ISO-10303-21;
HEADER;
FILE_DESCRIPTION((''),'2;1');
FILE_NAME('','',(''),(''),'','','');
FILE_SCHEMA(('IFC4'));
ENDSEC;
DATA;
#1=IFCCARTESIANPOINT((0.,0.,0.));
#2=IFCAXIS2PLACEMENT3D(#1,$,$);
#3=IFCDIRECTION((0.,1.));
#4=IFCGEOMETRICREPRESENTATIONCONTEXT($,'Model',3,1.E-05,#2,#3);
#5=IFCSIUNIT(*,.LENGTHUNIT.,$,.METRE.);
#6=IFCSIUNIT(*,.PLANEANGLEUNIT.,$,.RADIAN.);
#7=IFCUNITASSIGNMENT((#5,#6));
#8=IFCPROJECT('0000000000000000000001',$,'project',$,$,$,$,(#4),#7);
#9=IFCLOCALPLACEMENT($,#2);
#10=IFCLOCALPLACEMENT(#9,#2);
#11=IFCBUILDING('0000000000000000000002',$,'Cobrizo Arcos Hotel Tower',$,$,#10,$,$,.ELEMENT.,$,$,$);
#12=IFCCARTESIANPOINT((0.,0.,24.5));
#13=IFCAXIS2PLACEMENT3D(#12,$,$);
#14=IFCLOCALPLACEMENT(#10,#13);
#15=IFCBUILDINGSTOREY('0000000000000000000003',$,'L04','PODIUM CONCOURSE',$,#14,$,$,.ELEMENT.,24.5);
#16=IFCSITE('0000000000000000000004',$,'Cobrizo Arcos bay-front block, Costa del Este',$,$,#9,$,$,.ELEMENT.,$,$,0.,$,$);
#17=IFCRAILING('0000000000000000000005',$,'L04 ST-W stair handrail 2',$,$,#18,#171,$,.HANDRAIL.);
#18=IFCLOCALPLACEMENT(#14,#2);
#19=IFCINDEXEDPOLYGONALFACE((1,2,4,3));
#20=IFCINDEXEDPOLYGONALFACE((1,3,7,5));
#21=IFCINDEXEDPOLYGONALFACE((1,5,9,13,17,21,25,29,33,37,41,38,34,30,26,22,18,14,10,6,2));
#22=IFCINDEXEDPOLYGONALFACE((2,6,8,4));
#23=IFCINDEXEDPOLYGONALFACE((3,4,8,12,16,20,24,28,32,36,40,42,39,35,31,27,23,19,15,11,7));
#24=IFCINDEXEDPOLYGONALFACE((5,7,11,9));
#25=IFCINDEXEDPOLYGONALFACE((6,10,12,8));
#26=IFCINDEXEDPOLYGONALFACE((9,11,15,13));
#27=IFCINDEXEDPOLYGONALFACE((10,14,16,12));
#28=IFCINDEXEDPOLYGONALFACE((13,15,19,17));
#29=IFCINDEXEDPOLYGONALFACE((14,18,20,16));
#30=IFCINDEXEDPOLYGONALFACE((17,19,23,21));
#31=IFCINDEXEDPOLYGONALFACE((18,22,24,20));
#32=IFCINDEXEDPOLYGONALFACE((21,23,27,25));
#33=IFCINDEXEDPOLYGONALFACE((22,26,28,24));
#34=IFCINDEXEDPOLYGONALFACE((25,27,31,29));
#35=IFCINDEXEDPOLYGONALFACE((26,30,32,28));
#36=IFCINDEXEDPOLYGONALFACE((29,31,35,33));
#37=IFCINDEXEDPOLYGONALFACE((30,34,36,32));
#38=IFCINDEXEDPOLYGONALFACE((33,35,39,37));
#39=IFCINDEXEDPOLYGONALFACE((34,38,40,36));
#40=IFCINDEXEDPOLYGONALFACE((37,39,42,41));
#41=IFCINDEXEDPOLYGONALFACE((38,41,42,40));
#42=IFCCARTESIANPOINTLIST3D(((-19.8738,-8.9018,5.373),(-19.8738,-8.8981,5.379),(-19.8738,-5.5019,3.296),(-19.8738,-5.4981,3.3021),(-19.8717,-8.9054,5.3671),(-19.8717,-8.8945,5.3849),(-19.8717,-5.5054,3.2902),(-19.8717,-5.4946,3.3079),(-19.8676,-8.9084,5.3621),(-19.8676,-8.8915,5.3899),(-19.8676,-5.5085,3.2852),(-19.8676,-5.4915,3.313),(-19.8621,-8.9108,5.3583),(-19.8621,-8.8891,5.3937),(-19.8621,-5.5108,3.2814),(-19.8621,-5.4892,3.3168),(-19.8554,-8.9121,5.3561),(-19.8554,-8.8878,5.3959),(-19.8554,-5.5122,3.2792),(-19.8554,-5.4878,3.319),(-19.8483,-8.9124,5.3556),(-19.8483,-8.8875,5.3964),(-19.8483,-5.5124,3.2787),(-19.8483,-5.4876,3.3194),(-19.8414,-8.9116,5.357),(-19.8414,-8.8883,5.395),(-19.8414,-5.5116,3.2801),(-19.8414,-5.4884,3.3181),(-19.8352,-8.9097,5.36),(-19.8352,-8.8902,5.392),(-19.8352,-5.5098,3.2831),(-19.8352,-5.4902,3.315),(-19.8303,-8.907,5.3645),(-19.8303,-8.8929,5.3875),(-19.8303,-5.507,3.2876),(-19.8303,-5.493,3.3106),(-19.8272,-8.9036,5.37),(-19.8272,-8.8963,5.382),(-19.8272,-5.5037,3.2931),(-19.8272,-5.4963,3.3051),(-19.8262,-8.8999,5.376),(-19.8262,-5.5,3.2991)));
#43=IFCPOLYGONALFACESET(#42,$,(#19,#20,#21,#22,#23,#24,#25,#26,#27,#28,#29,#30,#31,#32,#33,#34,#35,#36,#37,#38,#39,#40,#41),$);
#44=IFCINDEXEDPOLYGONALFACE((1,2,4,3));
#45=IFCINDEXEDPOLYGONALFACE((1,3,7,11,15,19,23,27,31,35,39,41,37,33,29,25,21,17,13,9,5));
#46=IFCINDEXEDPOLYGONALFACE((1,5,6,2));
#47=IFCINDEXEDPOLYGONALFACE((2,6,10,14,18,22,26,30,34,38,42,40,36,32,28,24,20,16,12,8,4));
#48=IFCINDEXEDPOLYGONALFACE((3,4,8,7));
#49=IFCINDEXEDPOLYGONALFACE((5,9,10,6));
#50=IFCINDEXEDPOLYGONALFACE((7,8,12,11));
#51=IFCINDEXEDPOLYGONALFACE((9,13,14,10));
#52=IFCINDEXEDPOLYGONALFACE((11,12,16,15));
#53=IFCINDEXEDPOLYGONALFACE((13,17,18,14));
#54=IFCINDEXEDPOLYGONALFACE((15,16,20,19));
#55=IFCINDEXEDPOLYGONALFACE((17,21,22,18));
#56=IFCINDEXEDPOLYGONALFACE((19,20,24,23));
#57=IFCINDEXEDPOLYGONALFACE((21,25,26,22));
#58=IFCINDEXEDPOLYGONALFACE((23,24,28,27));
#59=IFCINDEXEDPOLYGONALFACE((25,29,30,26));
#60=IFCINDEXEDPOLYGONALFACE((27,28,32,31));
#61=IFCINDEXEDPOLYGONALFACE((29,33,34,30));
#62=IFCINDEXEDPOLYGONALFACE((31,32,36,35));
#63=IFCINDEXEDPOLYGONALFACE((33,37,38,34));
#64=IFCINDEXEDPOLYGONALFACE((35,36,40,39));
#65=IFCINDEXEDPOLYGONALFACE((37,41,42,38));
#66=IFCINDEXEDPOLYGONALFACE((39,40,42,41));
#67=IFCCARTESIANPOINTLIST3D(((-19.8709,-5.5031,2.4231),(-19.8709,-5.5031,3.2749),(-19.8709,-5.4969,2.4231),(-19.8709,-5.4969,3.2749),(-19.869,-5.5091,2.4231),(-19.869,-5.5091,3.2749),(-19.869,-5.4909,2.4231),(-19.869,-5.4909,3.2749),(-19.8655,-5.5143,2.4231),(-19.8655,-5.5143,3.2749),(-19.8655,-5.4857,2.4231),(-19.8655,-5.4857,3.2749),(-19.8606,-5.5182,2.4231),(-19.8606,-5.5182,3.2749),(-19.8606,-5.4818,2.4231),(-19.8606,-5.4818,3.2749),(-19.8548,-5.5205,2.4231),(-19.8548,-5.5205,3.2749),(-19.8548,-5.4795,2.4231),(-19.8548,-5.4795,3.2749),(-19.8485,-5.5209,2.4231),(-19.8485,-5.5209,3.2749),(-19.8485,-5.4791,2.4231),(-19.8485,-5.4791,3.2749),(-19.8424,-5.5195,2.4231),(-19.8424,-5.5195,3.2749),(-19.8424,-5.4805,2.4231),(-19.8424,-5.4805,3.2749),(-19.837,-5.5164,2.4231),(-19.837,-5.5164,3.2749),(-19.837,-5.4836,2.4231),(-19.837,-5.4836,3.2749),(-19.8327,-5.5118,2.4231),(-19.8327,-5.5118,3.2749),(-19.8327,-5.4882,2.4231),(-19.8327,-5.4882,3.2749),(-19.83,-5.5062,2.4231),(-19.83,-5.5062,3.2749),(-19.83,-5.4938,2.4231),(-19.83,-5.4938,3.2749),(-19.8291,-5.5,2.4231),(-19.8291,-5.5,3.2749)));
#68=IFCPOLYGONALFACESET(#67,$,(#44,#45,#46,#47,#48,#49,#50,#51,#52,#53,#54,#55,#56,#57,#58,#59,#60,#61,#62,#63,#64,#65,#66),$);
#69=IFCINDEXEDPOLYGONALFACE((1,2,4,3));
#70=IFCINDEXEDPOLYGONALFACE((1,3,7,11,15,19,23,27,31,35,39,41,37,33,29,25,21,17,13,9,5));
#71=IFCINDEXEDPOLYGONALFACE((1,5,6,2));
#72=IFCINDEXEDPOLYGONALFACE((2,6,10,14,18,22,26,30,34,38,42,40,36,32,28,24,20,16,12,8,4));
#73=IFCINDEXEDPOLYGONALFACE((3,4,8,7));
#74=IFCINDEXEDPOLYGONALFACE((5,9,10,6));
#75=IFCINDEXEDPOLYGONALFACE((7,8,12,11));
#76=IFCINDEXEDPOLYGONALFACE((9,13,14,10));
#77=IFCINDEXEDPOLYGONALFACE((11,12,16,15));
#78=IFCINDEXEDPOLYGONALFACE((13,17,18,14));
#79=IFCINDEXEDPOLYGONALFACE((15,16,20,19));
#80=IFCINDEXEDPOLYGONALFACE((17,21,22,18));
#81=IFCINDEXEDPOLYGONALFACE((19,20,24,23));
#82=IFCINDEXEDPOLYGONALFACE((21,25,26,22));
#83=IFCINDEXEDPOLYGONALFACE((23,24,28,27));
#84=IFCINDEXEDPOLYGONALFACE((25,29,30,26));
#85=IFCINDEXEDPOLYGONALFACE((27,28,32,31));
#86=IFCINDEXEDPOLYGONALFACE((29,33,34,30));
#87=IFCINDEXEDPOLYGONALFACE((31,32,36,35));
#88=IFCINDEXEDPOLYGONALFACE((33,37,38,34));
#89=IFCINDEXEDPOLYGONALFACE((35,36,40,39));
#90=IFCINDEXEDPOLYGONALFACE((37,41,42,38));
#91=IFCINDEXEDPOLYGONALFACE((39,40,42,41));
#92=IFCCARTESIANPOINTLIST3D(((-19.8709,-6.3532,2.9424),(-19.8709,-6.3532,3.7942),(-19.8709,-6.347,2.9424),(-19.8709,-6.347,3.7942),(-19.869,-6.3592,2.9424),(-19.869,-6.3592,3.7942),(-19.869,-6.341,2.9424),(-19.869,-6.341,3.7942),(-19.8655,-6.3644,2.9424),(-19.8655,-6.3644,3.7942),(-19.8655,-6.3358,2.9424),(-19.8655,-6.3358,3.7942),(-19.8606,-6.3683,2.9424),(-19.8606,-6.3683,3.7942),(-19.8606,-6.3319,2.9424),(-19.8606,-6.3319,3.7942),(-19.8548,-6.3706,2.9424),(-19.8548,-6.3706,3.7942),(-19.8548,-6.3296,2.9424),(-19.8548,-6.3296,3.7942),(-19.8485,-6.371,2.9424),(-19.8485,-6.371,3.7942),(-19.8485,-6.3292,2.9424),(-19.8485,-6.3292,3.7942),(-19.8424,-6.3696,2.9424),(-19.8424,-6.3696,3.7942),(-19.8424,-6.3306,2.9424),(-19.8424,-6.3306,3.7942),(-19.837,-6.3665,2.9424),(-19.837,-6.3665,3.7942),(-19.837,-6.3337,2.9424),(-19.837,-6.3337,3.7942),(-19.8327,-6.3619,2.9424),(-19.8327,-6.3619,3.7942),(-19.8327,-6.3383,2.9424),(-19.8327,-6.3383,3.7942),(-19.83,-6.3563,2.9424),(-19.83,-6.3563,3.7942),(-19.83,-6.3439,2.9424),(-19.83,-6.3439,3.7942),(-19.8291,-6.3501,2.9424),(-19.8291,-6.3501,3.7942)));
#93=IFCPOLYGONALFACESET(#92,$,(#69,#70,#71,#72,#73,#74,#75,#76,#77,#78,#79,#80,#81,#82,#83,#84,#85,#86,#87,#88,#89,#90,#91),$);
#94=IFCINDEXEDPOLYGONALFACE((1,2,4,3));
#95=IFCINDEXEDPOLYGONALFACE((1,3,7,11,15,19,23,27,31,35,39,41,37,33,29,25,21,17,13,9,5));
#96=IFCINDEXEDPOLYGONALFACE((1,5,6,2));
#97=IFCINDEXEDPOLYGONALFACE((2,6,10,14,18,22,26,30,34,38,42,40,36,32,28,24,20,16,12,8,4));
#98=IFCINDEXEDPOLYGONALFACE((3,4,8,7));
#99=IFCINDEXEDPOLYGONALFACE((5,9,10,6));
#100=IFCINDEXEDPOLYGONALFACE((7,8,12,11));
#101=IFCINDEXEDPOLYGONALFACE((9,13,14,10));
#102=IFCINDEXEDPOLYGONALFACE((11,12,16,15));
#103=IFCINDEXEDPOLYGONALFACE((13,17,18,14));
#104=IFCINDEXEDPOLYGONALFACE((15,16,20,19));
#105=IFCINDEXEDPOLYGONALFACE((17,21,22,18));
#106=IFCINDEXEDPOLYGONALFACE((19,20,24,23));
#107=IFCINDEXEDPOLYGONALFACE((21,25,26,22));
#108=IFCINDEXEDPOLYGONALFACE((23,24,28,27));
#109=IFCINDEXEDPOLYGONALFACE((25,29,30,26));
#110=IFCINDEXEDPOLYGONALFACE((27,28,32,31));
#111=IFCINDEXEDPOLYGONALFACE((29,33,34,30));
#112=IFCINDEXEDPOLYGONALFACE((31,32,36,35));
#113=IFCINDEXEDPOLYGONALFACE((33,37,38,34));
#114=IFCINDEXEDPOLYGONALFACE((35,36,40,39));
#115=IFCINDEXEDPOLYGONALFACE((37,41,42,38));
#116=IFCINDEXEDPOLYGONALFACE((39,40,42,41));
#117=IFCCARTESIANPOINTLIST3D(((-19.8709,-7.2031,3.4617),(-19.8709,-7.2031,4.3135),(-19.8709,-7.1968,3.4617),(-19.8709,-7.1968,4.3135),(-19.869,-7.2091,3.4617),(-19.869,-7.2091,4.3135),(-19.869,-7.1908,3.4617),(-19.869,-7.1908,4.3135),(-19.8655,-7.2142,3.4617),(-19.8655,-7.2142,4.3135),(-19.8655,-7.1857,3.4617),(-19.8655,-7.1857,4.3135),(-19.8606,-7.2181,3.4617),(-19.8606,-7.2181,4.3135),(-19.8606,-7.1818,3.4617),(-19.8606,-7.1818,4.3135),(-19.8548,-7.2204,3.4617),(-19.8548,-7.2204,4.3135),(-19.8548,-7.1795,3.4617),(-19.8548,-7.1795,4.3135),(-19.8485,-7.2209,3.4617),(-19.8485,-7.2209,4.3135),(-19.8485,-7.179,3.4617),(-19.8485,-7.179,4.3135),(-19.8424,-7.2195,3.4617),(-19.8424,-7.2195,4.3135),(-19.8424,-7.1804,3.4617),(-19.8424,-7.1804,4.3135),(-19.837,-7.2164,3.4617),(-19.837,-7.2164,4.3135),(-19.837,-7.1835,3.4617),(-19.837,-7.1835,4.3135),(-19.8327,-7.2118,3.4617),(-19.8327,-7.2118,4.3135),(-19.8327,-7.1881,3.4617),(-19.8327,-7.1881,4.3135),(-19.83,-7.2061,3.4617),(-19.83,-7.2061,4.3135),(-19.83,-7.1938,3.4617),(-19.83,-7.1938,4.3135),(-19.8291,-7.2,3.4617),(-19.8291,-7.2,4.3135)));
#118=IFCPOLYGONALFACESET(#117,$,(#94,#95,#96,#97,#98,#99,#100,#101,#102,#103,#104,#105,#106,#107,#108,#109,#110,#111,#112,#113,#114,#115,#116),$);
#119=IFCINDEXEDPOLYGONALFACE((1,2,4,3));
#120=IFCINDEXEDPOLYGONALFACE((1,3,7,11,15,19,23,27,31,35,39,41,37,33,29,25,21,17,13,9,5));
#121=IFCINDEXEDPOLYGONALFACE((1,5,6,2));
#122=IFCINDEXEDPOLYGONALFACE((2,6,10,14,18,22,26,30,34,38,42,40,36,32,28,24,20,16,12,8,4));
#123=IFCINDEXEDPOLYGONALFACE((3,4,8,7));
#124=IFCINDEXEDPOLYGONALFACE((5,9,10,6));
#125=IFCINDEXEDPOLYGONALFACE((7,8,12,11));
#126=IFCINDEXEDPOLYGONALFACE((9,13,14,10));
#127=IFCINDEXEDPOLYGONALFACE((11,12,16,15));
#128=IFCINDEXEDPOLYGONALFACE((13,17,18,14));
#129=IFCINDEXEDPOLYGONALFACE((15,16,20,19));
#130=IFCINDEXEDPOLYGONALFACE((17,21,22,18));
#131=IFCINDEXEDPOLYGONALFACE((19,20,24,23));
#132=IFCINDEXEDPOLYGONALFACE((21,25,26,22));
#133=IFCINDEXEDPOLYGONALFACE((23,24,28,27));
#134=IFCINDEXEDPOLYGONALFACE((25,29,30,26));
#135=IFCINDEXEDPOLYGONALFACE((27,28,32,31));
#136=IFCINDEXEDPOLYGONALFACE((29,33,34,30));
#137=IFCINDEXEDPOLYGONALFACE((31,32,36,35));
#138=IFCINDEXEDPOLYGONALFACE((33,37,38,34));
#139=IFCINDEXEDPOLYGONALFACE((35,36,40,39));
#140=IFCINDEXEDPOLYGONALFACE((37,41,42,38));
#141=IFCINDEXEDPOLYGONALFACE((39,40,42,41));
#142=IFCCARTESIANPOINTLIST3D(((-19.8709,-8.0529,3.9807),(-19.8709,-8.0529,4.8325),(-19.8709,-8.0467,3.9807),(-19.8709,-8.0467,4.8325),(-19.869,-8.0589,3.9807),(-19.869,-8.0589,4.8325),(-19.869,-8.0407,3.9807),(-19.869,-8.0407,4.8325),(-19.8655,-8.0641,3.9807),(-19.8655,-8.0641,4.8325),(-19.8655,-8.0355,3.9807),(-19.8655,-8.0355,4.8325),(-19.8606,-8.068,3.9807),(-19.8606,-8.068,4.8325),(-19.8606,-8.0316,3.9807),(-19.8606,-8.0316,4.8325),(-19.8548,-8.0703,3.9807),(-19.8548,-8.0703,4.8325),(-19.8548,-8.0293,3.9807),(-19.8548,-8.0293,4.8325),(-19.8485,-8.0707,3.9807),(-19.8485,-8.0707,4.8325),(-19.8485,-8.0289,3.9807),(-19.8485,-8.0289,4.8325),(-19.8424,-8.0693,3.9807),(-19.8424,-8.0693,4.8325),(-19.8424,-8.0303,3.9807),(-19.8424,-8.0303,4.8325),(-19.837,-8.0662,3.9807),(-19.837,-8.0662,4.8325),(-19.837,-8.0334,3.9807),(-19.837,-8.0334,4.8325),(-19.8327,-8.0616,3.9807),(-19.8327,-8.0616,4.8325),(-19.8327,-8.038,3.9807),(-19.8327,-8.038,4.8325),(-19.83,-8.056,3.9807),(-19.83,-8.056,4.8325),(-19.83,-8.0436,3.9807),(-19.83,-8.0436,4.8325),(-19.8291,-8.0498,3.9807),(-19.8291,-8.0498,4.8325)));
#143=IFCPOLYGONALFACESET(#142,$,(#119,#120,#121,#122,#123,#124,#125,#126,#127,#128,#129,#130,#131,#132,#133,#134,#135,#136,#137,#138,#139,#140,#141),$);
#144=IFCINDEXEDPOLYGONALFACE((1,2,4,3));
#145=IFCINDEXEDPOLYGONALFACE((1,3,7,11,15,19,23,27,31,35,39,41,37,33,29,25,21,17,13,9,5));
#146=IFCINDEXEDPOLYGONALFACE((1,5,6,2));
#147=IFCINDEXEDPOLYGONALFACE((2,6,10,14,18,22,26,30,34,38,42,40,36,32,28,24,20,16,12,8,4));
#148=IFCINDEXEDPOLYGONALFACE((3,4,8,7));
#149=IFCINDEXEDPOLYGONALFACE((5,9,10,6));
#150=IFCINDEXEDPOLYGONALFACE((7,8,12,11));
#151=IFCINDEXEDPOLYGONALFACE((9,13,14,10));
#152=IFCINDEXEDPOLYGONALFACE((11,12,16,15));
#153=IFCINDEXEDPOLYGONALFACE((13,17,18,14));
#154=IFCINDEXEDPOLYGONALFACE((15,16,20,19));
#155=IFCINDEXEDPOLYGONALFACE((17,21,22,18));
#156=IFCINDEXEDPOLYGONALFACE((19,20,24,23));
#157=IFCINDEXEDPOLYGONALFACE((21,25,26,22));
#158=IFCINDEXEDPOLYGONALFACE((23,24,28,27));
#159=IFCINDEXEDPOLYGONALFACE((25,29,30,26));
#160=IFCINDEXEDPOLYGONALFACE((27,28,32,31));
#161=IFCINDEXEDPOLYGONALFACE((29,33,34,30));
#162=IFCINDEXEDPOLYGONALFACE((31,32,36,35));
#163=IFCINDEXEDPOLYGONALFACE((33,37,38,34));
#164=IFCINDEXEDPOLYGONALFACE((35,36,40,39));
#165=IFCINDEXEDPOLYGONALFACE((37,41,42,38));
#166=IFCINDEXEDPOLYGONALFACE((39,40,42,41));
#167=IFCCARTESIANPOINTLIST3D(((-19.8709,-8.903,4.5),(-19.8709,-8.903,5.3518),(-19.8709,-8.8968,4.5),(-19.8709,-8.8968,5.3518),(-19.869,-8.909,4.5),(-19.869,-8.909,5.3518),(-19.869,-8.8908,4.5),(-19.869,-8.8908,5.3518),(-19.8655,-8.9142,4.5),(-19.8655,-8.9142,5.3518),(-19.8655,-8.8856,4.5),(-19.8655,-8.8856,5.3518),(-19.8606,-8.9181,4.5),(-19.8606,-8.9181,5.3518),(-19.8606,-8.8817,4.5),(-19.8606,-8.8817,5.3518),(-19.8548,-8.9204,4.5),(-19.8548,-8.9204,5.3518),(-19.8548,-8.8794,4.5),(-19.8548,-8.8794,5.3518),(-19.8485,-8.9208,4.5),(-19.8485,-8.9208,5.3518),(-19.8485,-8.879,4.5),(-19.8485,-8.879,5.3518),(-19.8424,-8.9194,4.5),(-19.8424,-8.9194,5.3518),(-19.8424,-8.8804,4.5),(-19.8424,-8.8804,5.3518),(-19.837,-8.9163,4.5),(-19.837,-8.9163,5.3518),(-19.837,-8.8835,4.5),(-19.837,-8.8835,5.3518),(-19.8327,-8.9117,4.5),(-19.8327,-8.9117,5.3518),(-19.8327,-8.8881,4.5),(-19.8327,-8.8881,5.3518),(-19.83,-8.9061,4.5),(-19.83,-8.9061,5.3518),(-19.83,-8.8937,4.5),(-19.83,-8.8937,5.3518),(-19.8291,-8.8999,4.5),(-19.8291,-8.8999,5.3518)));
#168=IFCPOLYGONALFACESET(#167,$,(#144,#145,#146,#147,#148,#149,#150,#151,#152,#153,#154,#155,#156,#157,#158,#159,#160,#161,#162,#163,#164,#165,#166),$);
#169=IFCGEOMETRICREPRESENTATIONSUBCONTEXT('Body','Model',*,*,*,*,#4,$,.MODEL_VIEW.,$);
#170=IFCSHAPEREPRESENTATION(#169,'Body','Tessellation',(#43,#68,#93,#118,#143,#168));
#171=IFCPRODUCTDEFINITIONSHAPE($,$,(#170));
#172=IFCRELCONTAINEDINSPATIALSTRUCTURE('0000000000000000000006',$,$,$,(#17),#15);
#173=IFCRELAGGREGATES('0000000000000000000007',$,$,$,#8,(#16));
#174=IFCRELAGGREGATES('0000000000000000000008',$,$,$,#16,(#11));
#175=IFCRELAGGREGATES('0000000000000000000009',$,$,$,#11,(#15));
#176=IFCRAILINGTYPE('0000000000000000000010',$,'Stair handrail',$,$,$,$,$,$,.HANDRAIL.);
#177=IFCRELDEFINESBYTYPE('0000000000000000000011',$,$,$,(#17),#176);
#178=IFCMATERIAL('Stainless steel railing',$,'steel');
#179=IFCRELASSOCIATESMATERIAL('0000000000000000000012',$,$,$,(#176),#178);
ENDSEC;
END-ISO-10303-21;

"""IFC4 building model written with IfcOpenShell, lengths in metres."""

from ifc_helpers import new_model, si_unit, direction, frame, origin, origin_2d, place, context, subcontext, project, spatial, circle, extrude, material, type_object, element, save


model = new_model("IFC4")

# Units and contexts
model_context = context("Model", 3, precision=1e-05, world=origin(), true_north=direction((0.0, 1.0)))
body_context = subcontext(model_context, "Body", "Model", "MODEL_VIEW")
ifc_project = project(units=[si_unit("LENGTHUNIT", "METRE"), si_unit("PLANEANGLEUNIT", "RADIAN")], contexts=[model_context])

# Site, building, storey
site_placement = place(None, origin())
site = spatial("IfcSite", under=ifc_project, at=site_placement, Name="Cobrizo Arcos bay-front block, Costa del Este", CompositionType="ELEMENT", RefElevation=0.0)
building_placement = place(site_placement, origin())
building = spatial("IfcBuilding", under=site, at=building_placement, Name="Cobrizo Arcos Hotel Tower", CompositionType="ELEMENT")
storey_placement = place(building_placement, frame((0.0, 0.0, 24.5)))
storey = spatial("IfcBuildingStorey", under=building, at=storey_placement, Name="L04", Description="PODIUM CONCOURSE", CompositionType="ELEMENT", Elevation=24.5)

# Railing
ifc_material_1 = material(Name="Stainless steel railing", Category="steel")
railing_type_1 = type_object("IfcRailingType", Name="Stair handrail", PredefinedType="HANDRAIL", material=ifc_material_1)
railing_1_placement = place(storey_placement, frame((-19.8501, -5.5, 2.4231)))
element("IfcRailing", 1, at=railing_1_placement, inside=storey, type_object=railing_type_1, Name="L04 ST-W stair handrail 2", PredefinedType="HANDRAIL", context=body_context, shape_type="SweptSolid", body=[
    extrude(circle(Radius=0.0239, at=origin_2d()), frame((0.0, 0.0, 0.876), z_axis=(0.0, -0.853373, 0.521301), x_axis=(1.0, 0.0, 0.0)), (0.0, 0.0, 1.0), 3.9841),
    extrude(circle(Radius=0.021, at=origin_2d()), origin(), (0.0, 0.0, 1.0), 0.8518),
    extrude(circle(Radius=0.021, at=origin_2d()), frame((0.0, -0.8501, 0.5193)), (0.0, 0.0, 1.0), 0.8518),
    extrude(circle(Radius=0.021, at=origin_2d()), frame((0.0, -1.7, 1.0386)), (0.0, 0.0, 1.0), 0.8518),
    extrude(circle(Radius=0.021, at=origin_2d()), frame((0.0, -2.5498, 1.5576)), (0.0, 0.0, 1.0), 0.8518),
    extrude(circle(Radius=0.021, at=origin_2d()), frame((0.0, -3.3999, 2.0769)), (0.0, 0.0, 1.0), 0.8518),
])

save(model, "model.ifc")
